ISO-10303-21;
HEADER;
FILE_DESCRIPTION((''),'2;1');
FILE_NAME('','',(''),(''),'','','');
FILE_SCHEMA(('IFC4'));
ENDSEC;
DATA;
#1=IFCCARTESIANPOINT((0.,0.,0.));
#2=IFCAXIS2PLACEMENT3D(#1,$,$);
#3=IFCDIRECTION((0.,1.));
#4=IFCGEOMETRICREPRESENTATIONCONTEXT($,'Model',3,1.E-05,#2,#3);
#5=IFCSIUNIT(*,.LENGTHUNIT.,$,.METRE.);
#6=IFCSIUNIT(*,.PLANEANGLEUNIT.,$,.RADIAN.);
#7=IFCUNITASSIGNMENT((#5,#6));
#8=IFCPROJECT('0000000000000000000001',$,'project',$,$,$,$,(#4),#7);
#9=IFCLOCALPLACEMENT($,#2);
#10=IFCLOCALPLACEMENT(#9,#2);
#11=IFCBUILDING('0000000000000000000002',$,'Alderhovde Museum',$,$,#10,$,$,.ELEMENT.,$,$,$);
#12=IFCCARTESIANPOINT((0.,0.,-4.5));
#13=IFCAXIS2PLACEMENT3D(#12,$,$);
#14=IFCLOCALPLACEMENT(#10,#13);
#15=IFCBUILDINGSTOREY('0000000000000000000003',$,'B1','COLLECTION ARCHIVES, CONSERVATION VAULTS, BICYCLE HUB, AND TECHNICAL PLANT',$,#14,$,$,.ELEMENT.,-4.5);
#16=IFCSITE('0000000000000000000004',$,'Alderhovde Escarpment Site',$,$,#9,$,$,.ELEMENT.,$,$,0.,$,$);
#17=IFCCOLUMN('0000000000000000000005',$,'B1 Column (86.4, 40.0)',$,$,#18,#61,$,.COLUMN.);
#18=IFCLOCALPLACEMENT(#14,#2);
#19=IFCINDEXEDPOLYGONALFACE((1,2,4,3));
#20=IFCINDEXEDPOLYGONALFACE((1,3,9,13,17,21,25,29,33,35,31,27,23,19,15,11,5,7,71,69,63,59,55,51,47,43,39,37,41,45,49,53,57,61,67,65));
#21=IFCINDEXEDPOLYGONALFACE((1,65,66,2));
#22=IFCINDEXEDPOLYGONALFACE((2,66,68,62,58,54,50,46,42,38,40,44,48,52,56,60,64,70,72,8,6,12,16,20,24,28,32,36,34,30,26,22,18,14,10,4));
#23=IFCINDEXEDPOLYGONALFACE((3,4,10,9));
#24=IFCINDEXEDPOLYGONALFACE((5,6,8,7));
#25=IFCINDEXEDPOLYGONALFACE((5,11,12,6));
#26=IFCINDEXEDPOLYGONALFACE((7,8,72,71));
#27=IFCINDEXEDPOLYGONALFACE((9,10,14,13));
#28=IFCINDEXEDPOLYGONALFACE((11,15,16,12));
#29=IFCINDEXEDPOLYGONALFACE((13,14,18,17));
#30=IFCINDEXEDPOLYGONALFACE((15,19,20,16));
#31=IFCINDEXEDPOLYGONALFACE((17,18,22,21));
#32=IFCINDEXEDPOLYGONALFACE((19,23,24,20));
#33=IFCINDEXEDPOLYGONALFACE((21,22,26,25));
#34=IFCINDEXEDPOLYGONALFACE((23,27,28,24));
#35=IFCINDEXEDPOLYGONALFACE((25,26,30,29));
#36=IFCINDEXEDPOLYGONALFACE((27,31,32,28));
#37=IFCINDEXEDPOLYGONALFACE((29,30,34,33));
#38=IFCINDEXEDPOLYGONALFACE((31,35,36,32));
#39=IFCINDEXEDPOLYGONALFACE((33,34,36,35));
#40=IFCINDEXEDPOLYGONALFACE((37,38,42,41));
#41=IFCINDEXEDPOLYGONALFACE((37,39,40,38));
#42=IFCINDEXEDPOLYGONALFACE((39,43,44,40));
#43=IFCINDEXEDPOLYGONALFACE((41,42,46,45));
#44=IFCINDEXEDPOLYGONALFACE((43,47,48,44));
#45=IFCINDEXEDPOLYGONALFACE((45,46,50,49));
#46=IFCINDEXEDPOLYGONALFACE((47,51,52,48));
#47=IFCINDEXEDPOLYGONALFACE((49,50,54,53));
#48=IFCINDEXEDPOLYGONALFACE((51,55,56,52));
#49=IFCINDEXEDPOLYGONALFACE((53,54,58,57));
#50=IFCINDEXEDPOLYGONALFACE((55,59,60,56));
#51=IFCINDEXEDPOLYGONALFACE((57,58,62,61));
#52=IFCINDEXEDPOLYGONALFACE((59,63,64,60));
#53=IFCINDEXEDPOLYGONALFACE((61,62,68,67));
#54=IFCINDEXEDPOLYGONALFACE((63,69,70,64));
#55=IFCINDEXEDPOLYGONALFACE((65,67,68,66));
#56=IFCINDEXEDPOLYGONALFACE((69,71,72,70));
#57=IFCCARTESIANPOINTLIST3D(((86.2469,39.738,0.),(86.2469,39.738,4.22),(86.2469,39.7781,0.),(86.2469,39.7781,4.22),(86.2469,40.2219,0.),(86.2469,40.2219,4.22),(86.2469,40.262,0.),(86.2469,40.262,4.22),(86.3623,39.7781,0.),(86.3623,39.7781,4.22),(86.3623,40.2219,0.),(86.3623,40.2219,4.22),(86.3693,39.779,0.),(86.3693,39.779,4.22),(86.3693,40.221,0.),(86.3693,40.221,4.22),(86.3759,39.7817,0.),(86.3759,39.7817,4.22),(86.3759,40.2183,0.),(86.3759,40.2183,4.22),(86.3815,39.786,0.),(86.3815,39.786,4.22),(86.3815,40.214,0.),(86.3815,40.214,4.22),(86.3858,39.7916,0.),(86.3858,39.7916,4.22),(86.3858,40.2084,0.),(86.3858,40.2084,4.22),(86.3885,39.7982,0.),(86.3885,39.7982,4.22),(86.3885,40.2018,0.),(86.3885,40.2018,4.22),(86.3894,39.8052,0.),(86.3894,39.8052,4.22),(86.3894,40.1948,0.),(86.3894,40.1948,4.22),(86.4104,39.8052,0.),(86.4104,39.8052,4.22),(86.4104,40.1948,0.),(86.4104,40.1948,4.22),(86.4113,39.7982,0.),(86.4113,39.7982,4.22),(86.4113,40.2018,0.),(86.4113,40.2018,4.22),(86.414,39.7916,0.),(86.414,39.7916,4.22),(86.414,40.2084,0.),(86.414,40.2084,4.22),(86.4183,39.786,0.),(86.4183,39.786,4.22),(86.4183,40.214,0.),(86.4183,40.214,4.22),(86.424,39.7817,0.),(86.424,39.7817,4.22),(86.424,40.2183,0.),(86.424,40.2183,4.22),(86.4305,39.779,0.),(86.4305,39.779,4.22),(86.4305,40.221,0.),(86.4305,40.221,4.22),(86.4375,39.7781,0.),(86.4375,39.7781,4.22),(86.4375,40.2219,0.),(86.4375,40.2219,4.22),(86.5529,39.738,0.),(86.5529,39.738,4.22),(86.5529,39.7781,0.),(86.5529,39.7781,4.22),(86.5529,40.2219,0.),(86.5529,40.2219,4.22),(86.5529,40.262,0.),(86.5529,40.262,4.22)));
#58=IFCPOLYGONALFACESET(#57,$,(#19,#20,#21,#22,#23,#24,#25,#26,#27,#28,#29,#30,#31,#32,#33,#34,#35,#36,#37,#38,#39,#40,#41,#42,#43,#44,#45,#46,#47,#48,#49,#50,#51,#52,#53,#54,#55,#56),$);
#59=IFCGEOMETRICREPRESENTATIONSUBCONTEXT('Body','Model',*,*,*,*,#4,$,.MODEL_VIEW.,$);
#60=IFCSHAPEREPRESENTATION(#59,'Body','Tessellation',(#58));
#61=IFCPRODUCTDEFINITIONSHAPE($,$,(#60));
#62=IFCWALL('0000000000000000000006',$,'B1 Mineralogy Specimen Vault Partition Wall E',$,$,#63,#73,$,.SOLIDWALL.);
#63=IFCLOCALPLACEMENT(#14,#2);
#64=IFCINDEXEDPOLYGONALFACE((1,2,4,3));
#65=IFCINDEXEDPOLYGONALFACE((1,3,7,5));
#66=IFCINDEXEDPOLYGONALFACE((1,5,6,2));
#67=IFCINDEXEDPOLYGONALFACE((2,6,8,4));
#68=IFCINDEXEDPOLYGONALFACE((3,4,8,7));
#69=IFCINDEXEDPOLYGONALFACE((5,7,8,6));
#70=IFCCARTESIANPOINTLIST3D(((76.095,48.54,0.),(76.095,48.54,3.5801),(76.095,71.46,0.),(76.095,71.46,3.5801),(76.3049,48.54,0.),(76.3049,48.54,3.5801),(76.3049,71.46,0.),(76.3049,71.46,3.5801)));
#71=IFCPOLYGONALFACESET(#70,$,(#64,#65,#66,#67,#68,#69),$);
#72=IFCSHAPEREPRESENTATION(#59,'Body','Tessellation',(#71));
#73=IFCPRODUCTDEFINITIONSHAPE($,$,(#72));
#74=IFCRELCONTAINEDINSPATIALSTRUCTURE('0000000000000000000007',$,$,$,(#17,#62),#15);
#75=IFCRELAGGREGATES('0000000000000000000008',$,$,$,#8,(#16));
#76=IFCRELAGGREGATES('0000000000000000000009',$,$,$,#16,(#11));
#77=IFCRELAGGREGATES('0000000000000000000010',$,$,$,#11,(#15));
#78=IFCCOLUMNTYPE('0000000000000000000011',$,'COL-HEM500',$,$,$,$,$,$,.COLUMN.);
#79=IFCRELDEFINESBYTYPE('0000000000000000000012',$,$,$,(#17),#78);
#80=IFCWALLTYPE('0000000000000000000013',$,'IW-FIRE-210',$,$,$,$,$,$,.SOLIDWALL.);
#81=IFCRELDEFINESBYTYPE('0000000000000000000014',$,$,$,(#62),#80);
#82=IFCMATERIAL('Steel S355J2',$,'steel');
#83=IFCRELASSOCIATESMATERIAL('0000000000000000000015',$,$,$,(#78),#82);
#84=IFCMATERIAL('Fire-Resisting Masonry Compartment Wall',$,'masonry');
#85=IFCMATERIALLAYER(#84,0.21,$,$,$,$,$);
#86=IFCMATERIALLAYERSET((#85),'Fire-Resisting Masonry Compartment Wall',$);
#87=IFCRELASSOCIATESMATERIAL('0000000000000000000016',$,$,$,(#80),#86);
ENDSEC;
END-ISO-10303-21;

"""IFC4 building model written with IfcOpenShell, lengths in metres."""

from ifc_helpers import new_model, si_unit, direction, frame, frame_2d, origin, origin_2d, place, context, subcontext, project, spatial, rectangle, i_section, extrude, material, layer, layer_set, material_profile, profile_set, type_object, element, save


model = new_model("IFC4")

# Units and contexts
model_context = context("Model", 3, precision=1e-05, world=origin(), true_north=direction((0.0, 1.0)))
body_context = subcontext(model_context, "Body", "Model", "MODEL_VIEW")
ifc_project = project(units=[si_unit("LENGTHUNIT", "METRE"), si_unit("PLANEANGLEUNIT", "RADIAN")], contexts=[model_context])

# Site, building, storey
site_placement = place(None, origin())
site = spatial("IfcSite", under=ifc_project, at=site_placement, Name="Alderhovde Escarpment Site", CompositionType="ELEMENT", RefElevation=0.0)
building_placement = place(site_placement, origin())
building = spatial("IfcBuilding", under=site, at=building_placement, Name="Alderhovde Museum", CompositionType="ELEMENT")
storey_placement = place(building_placement, frame((0.0, 0.0, -4.5)))
storey = spatial("IfcBuildingStorey", under=building, at=storey_placement, Name="B1", Description="COLLECTION ARCHIVES, CONSERVATION VAULTS, BICYCLE HUB, AND TECHNICAL PLANT", CompositionType="ELEMENT", Elevation=-4.5)

# Column
ifc_material_1 = material(Name="Steel S355J2", Category="steel")
ifc_material_profile_1 = material_profile(ifc_material_1, i_section(OverallWidth=0.3059, OverallDepth=0.5239, WebThickness=0.021, FlangeThickness=0.04, FilletRadius=0.0271, at=origin_2d()), Name="HEM 500")
ifc_profile_set_1 = profile_set([ifc_material_profile_1], Name="Steel S355J2")
column_type_1 = type_object("IfcColumnType", Name="COL-HEM500", PredefinedType="COLUMN", material=ifc_profile_set_1)
for number, where, z_axis, x_axis, name in (
    (1, (86.3999, 40.0, 0.0), (0.0, 0.0, 1.0), (1.0, 0.0, 0.0), "B1 Column (86.4, 40.0)"),
):
    element("IfcColumn", number, at=place(storey_placement, frame(where, z_axis=z_axis, x_axis=x_axis)), inside=storey, type_object=column_type_1, Name=name, PredefinedType="COLUMN", context=body_context, shape_type="SweptSolid", body=[
        extrude(i_section(OverallWidth=0.3059, OverallDepth=0.5239, WebThickness=0.021, FlangeThickness=0.04, FilletRadius=0.0271, at=origin_2d()), origin(), (0.0, 0.0, 1.0), 4.22),
    ])

# Wall
ifc_material_2 = material(Name="Fire-Resisting Masonry Compartment Wall", Category="masonry")
ifc_layer = layer(ifc_material_2, 0.21)
ifc_layer_set = layer_set([ifc_layer], Name="Fire-Resisting Masonry Compartment Wall")
wall_type = type_object("IfcWallType", Name="IW-FIRE-210", PredefinedType="SOLIDWALL", material=ifc_layer_set)
wall_placement = place(storey_placement, frame((76.2, 48.54, 0.0), z_axis=(0.0, 0.0, 1.0), x_axis=(0.0, 1.0, 0.0)))
element("IfcWall", 2, at=wall_placement, inside=storey, type_object=wall_type, Name="B1 Mineralogy Specimen Vault Partition Wall E", PredefinedType="SOLIDWALL", context=body_context, shape_type="SweptSolid", body=[
    extrude(rectangle(XDim=22.9199, YDim=0.21, at=frame_2d((11.46, 0.0))), origin(), (0.0, 0.0, 1.0), 3.5801),
])

save(model, "model.ifc")
